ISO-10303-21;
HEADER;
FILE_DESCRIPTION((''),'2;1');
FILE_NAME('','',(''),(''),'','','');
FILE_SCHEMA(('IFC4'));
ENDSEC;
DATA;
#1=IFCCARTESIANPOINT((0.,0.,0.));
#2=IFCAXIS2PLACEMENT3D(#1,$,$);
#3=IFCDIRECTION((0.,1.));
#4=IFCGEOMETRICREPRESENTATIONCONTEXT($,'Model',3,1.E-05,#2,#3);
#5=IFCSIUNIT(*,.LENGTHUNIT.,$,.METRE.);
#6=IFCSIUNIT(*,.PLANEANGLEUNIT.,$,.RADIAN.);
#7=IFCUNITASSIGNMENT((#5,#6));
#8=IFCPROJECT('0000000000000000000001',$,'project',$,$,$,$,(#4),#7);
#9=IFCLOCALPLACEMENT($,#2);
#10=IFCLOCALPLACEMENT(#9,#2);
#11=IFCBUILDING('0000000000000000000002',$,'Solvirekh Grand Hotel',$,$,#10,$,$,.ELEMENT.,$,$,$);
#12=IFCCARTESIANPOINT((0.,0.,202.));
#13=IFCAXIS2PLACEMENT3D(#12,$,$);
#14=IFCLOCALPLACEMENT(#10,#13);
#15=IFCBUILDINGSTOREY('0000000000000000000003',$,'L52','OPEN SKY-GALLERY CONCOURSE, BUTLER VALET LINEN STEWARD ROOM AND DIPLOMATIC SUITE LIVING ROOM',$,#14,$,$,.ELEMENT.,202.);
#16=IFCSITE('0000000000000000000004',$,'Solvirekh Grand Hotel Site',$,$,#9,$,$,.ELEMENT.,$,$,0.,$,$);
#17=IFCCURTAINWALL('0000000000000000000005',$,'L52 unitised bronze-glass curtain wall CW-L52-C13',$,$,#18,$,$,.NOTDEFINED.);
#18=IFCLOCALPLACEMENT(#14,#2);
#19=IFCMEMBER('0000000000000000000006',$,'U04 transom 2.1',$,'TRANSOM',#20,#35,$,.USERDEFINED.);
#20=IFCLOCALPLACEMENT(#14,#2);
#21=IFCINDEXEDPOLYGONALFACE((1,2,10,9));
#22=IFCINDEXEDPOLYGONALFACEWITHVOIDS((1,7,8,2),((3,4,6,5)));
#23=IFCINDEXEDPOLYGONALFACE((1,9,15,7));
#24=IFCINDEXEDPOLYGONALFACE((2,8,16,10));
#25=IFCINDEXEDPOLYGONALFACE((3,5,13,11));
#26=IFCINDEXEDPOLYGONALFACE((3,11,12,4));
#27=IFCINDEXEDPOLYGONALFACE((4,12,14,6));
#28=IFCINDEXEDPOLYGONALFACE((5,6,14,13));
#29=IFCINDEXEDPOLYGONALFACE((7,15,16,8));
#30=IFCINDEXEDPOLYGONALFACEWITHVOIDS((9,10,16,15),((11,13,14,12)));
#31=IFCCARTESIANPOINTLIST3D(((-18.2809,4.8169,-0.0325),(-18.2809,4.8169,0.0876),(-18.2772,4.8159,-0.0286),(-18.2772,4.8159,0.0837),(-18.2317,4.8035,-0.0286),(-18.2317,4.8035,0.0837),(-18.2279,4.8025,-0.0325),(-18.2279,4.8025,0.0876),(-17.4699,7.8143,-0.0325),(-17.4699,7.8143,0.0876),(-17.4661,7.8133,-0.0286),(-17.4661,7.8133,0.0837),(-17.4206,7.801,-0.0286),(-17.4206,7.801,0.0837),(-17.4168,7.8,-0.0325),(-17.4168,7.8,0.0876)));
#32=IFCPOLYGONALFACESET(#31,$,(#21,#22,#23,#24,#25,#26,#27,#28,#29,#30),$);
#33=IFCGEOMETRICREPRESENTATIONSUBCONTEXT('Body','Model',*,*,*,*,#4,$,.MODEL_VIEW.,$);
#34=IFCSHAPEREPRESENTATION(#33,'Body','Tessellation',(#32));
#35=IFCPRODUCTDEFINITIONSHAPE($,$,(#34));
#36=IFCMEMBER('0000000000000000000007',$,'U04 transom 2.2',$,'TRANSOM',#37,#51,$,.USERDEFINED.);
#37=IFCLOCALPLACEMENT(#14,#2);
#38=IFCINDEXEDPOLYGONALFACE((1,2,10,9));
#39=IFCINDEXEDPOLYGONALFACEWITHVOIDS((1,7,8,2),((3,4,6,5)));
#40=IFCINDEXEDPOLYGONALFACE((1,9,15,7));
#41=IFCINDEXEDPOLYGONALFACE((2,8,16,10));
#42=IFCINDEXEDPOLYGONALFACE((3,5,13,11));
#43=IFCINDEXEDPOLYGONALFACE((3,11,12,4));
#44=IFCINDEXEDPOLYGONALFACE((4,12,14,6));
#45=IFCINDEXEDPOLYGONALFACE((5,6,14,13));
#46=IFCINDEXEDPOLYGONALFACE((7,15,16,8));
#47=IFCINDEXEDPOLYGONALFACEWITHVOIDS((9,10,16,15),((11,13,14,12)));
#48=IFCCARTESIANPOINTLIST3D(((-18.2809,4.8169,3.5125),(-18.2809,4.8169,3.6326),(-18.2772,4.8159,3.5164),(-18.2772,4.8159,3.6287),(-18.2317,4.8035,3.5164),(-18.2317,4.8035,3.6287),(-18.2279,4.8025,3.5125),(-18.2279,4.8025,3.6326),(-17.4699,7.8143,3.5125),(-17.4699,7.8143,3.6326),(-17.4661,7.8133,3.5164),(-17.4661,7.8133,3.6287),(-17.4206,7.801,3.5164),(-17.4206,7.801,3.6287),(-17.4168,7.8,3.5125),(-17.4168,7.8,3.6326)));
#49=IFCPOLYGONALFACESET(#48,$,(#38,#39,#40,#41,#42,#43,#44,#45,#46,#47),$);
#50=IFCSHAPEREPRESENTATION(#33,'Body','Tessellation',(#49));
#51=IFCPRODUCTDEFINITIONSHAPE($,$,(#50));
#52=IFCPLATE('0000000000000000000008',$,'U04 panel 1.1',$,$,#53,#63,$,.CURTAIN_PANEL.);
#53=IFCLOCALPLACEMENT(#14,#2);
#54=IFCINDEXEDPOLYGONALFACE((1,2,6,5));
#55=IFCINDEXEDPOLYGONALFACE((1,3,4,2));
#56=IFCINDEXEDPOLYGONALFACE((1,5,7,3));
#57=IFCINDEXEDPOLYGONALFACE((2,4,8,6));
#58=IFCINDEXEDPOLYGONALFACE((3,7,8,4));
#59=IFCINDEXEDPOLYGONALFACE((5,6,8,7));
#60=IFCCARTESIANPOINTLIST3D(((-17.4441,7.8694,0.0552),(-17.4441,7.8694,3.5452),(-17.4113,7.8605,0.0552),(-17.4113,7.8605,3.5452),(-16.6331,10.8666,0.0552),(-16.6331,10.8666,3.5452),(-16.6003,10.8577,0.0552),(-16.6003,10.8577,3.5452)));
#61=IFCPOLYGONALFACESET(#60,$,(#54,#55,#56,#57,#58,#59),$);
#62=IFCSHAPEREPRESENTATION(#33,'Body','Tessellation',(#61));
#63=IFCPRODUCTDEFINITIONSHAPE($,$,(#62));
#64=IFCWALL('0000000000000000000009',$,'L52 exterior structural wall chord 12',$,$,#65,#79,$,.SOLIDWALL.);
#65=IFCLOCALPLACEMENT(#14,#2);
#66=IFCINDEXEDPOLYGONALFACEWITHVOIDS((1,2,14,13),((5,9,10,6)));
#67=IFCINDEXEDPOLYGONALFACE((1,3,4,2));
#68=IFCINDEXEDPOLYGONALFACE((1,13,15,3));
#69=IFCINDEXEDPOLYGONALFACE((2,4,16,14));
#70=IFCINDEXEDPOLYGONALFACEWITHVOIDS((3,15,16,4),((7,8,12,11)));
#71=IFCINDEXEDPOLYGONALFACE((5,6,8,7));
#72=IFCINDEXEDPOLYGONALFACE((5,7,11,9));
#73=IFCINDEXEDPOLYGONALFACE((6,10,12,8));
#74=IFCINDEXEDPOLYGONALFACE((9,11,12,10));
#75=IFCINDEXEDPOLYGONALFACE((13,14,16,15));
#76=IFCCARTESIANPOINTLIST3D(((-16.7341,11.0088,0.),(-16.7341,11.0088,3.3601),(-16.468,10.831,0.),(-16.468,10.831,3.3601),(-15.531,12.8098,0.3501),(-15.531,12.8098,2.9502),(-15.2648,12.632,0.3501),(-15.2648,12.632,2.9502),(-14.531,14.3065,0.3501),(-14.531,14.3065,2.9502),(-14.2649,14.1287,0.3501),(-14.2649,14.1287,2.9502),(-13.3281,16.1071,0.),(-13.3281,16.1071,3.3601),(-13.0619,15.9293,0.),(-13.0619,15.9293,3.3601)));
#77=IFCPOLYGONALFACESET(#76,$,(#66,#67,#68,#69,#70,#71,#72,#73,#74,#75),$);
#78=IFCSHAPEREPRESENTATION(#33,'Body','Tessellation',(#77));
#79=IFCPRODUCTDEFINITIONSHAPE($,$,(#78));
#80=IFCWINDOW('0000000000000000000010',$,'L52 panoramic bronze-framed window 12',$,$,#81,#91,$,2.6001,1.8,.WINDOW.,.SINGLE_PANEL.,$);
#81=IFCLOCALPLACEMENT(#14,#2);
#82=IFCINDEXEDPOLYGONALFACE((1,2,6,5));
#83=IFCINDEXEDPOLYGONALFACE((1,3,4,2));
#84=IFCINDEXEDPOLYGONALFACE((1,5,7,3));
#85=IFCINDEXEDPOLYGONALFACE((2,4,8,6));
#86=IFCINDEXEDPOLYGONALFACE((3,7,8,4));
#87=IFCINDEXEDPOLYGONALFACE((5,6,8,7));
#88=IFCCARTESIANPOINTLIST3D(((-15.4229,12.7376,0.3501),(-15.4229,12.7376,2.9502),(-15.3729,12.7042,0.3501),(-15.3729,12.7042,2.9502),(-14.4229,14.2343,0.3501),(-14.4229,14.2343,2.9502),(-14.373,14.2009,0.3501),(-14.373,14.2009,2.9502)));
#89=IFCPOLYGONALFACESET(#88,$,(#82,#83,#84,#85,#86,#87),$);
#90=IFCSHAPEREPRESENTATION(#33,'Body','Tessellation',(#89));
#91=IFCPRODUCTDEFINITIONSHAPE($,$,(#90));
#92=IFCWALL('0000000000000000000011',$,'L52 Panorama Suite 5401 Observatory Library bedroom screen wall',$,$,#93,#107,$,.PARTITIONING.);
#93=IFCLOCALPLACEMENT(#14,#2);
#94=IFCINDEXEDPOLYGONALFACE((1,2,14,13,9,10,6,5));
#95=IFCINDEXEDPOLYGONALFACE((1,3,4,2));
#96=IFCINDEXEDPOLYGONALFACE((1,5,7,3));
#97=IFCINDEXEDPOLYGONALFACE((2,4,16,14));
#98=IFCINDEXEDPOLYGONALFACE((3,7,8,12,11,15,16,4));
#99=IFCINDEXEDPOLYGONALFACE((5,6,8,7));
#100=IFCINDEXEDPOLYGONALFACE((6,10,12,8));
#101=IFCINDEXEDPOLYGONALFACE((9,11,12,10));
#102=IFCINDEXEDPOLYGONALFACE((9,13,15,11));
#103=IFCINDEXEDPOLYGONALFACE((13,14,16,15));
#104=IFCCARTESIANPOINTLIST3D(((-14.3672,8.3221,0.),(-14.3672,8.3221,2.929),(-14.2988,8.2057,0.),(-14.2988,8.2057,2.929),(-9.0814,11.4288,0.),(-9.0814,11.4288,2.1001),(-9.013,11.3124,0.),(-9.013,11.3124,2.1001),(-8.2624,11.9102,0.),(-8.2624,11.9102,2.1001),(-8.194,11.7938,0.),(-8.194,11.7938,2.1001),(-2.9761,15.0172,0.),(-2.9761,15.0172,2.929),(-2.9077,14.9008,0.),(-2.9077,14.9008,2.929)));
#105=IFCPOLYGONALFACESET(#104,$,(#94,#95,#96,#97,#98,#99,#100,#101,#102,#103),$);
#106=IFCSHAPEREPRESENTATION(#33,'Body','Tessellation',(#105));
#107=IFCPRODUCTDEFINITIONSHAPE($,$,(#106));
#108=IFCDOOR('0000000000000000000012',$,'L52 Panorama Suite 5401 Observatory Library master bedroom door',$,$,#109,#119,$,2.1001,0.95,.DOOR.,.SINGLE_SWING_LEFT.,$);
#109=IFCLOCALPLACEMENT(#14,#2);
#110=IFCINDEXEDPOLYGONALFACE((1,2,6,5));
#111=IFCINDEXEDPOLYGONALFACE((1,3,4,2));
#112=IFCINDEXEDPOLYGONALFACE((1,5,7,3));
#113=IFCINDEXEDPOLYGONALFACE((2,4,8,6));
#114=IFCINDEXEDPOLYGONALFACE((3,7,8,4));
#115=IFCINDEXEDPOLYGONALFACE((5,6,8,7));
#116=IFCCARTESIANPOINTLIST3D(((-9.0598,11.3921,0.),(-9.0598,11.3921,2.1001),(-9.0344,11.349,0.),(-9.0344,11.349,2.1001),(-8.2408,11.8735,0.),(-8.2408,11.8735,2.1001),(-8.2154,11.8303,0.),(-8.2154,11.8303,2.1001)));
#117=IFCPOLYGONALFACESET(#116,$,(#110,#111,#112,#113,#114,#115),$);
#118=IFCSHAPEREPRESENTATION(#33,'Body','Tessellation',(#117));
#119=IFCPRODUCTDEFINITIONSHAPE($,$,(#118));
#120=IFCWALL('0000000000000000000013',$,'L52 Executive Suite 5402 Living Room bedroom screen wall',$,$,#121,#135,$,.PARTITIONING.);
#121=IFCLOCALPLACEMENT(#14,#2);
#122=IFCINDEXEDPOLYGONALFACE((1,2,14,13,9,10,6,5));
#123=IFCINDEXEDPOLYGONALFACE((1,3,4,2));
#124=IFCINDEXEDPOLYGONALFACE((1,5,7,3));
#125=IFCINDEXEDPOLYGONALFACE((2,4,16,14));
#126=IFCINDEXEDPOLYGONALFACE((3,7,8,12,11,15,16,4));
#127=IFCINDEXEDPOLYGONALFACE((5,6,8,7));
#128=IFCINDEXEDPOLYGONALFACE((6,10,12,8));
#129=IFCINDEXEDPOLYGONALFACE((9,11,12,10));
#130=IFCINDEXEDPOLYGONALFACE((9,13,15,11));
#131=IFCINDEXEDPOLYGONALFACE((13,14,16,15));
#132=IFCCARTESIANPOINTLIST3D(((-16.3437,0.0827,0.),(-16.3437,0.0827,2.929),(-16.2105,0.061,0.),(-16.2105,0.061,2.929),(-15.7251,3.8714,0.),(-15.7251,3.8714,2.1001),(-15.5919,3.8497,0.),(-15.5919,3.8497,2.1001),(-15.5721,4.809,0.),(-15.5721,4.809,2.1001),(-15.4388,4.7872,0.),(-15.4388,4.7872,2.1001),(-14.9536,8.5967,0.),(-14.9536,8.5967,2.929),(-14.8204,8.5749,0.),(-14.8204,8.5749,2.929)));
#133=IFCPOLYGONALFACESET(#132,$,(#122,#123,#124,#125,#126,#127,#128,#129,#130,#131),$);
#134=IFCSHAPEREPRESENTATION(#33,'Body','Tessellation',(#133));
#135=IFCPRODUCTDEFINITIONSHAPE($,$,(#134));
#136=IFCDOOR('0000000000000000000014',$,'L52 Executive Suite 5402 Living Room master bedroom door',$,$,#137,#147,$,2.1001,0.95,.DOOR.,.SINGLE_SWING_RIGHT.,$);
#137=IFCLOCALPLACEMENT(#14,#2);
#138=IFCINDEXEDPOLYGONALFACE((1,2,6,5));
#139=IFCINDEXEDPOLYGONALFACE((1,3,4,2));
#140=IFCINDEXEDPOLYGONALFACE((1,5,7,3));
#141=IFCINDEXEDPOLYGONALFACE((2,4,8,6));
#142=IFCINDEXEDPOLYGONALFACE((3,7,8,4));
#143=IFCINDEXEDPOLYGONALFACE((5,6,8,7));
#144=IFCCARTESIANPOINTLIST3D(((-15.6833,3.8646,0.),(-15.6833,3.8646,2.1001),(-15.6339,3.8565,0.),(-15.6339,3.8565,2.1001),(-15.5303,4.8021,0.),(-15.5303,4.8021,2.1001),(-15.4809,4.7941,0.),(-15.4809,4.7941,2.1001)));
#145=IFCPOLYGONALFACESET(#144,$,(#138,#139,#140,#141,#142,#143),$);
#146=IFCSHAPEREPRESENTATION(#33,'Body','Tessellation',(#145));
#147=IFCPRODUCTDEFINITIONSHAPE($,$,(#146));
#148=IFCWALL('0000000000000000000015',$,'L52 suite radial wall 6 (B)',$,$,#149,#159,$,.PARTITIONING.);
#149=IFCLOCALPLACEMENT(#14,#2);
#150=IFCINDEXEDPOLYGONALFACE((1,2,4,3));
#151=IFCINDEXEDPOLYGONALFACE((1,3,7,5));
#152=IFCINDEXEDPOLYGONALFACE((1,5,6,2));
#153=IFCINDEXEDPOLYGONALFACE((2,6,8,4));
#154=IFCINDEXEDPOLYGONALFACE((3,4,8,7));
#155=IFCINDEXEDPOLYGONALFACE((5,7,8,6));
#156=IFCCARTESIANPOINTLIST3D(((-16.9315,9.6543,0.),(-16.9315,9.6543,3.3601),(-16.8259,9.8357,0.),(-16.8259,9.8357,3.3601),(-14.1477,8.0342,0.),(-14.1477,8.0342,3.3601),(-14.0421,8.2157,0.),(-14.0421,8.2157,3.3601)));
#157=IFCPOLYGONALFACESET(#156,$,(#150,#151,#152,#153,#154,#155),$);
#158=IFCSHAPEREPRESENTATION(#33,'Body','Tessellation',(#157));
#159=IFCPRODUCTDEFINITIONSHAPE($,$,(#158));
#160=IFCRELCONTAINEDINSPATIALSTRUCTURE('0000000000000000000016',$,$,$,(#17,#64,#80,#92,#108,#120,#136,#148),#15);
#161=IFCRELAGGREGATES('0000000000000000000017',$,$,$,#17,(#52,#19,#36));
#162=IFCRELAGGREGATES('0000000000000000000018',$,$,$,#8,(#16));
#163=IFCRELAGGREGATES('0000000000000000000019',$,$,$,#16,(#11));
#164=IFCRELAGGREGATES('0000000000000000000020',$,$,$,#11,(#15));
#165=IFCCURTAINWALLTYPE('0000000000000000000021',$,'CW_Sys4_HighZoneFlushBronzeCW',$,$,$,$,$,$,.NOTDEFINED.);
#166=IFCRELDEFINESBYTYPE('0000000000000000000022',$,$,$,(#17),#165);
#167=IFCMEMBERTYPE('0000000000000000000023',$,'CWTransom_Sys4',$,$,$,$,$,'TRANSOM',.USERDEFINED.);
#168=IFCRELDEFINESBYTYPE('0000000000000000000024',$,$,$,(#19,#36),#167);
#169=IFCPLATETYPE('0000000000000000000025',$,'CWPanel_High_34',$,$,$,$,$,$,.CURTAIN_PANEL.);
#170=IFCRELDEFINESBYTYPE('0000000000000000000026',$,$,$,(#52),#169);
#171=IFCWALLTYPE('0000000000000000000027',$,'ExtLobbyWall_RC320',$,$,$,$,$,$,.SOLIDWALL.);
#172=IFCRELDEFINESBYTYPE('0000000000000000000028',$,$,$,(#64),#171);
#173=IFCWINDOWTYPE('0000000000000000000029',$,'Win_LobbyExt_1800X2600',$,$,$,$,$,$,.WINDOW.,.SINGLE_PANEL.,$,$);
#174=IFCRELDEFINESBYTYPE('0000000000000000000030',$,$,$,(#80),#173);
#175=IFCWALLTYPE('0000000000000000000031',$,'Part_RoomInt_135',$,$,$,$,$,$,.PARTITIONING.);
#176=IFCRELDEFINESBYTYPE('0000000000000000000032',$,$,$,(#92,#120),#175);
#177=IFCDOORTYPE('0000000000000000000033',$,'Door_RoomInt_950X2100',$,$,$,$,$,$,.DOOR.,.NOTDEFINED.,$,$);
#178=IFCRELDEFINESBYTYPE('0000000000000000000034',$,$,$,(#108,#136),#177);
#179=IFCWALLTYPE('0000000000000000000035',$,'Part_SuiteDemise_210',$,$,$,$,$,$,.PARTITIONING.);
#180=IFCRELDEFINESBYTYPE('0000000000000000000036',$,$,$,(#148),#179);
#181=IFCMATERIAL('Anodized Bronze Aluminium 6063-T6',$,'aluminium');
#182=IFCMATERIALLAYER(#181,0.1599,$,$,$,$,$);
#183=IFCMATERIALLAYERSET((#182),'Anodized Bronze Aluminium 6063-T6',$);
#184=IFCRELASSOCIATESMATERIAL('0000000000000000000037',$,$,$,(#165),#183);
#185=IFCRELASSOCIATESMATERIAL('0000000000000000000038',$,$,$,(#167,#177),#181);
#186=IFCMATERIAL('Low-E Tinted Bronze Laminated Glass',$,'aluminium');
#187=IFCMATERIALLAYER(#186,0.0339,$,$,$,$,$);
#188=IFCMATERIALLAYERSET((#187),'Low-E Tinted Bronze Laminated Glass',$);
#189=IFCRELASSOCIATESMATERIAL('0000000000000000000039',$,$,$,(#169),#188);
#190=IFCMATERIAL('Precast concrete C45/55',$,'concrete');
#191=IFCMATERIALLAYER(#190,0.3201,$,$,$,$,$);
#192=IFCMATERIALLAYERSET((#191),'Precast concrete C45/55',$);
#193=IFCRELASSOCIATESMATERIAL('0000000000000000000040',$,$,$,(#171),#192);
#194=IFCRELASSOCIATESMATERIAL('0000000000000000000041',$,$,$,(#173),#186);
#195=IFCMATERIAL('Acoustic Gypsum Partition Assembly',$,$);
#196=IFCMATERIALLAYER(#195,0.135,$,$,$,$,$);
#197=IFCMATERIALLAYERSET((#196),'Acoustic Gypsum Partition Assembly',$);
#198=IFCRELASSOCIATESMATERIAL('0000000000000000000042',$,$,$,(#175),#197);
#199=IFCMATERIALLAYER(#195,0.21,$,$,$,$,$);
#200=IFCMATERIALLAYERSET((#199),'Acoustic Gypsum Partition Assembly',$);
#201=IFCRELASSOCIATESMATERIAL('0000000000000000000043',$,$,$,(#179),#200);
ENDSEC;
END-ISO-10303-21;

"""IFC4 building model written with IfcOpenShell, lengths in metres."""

from ifc_helpers import new_model, si_unit, direction, frame, frame_2d, origin, origin_2d, place, context, subcontext, project, spatial, rectangle, hollow_rectangle, extrude, source, transform, mapped, material, layer, layer_set, material_profile, profile_set, type_object, element, fill, aggregate, save


model = new_model("IFC4")

# Units and contexts
model_context = context("Model", 3, precision=1e-05, world=origin(), true_north=direction((0.0, 1.0)))
body_context = subcontext(model_context, "Body", "Model", "MODEL_VIEW")
ifc_project = project(units=[si_unit("LENGTHUNIT", "METRE"), si_unit("PLANEANGLEUNIT", "RADIAN")], contexts=[model_context])

# Site, building, storey
site_placement = place(None, origin())
site = spatial("IfcSite", under=ifc_project, at=site_placement, Name="Solvirekh Grand Hotel Site", CompositionType="ELEMENT", RefElevation=0.0)
building_placement = place(site_placement, origin())
building = spatial("IfcBuilding", under=site, at=building_placement, Name="Solvirekh Grand Hotel", CompositionType="ELEMENT")
storey_placement = place(building_placement, frame((0.0, 0.0, 202.0)))
storey = spatial("IfcBuildingStorey", under=building, at=storey_placement, Name="L52", Description="OPEN SKY-GALLERY CONCOURSE, BUTLER VALET LINEN STEWARD ROOM AND DIPLOMATIC SUITE LIVING ROOM", CompositionType="ELEMENT", Elevation=202.0)

# Shared definitions
ifc_material_1 = material(Name="Anodized Bronze Aluminium 6063-T6", Category="aluminium")
ifc_layer_1 = layer(ifc_material_1, 0.1599)
ifc_layer_set_1 = layer_set([ifc_layer_1], Name="Anodized Bronze Aluminium 6063-T6")
curtain_wall_type = type_object("IfcCurtainWallType", Name="CW_Sys4_HighZoneFlushBronzeCW", PredefinedType="NOTDEFINED", material=ifc_layer_set_1)

# Curtain wall, members, plate
curtain_wall_1_placement = place(storey_placement, origin())
curtain_wall_1 = element("IfcCurtainWall", 1, at=curtain_wall_1_placement, inside=storey, type_object=curtain_wall_type, Name="L52 unitised bronze-glass curtain wall CW-L52-C13", PredefinedType="NOTDEFINED")
ifc_material_profile_1 = material_profile(ifc_material_1, hollow_rectangle(XDim=0.0549, YDim=0.1201, WallThickness=0.0039, at=origin_2d()), Name="ALU RHS 120X55X4")
ifc_profile_set_1 = profile_set([ifc_material_profile_1], Name="Anodized Bronze Aluminium 6063-T6")
member_type_1 = type_object("IfcMemberType", Name="CWTransom_Sys4", ElementType="TRANSOM", PredefinedType="USERDEFINED", material=ifc_profile_set_1)
shared_shape_1 = source(origin(), body_context, "Body", "SweptSolid", [
    extrude(hollow_rectangle(XDim=0.0549, YDim=0.1201, WallThickness=0.0039, at=origin_2d()), origin(), (0.0, 0.0, 1.0), 3.1052),
])
member_1_placement = place(storey_placement, frame((-17.4434, 7.8071, 0.0276), z_axis=(-0.261194, -0.965286, 0.0), x_axis=(0.965286, -0.261194, 0.0)))
member_1 = element("IfcMember", 2, at=member_1_placement, type_object=member_type_1, Name="U04 transom 2.1", ObjectType="TRANSOM", PredefinedType="USERDEFINED", context=body_context, shape_type="MappedRepresentation", body=[
    mapped(shared_shape_1, transform((0.0, 0.0, 0.0), x_axis=(1.0, 0.0, 0.0), y_axis=(0.0, 1.0, 0.0), z_axis=(0.0, 0.0, 1.0), scale=1.0)),
])
member_2_placement = place(storey_placement, frame((-17.4434, 7.8071, 3.5725), z_axis=(-0.261194, -0.965286, 0.0), x_axis=(0.965286, -0.261194, 0.0)))
member_2 = element("IfcMember", 3, at=member_2_placement, type_object=member_type_1, Name="U04 transom 2.2", ObjectType="TRANSOM", PredefinedType="USERDEFINED", context=body_context, shape_type="MappedRepresentation", body=[
    mapped(shared_shape_1, transform((0.0, 0.0, 0.0), x_axis=(1.0, 0.0, 0.0), y_axis=(0.0, 1.0, 0.0), z_axis=(0.0, 0.0, 1.0), scale=1.0)),
])
ifc_material_2 = material(Name="Low-E Tinted Bronze Laminated Glass", Category="aluminium")
ifc_layer_2 = layer(ifc_material_2, 0.0339)
ifc_layer_set_2 = layer_set([ifc_layer_2], Name="Low-E Tinted Bronze Laminated Glass")
plate_type = type_object("IfcPlateType", Name="CWPanel_High_34", PredefinedType="CURTAIN_PANEL", material=ifc_layer_set_2)
shared_shape_2 = source(origin(), body_context, "Body", "SweptSolid", [
    extrude(rectangle(XDim=3.105, YDim=0.0339, at=origin_2d()), origin(), (0.0, 0.0, 1.0), 3.49),
])
plate_placement = place(storey_placement, frame((-17.0222, 9.3635, 0.0552), z_axis=(0.0, 0.0, 1.0), x_axis=(-0.261197, -0.965286, 0.0)))
plate = element("IfcPlate", 4, at=plate_placement, type_object=plate_type, Name="U04 panel 1.1", PredefinedType="CURTAIN_PANEL", context=body_context, shape_type="MappedRepresentation", body=[
    mapped(shared_shape_2, transform((0.0, 0.0, 0.0), x_axis=(1.0, 0.0, 0.0), y_axis=(0.0, 1.0, 0.0), z_axis=(0.0, 0.0, 1.0), scale=1.0)),
])
aggregate(curtain_wall_1, [plate, member_1, member_2])

# Wall, opening, window
ifc_material_3 = material(Name="Precast concrete C45/55", Category="concrete")
ifc_layer_3 = layer(ifc_material_3, 0.3201)
ifc_layer_set_3 = layer_set([ifc_layer_3], Name="Precast concrete C45/55")
wall_type_1 = type_object("IfcWallType", Name="ExtLobbyWall_RC320", PredefinedType="SOLIDWALL", material=ifc_layer_set_3)
wall_1_placement = place(storey_placement, frame((-16.6011, 10.9199, 0.0), z_axis=(0.0, 0.0, 1.0), x_axis=(0.555518, 0.831505, 0.0)))
wall_1 = element("IfcWall", 5, at=wall_1_placement, inside=storey, type_object=wall_type_1, Name="L52 exterior structural wall chord 12", PredefinedType="SOLIDWALL", context=body_context, shape_type="SweptSolid", body=[
    extrude(rectangle(XDim=6.1313, YDim=0.3201, at=frame_2d((3.0657, 0.0))), origin(), (0.0, 0.0, 1.0), 3.3601),
])
opening_1_placement = place(wall_1_placement, frame((2.166, 0.0, 0.3501)))
opening_1 = element("IfcOpeningElement", 6, at=opening_1_placement, cuts=wall_1, PredefinedType="OPENING", context=body_context, shape_type="SweptSolid", body=[
    extrude(rectangle(XDim=1.8, YDim=2.6001, at=frame_2d((0.8999, 1.3))), frame((0.0, 0.1699, 0.0), z_axis=(0.0, -1.0, 0.0), x_axis=(1.0, 0.0, 0.0)), (0.0, 0.0, 1.0), 0.3401),
])
window_type = type_object("IfcWindowType", Name="Win_LobbyExt_1800X2600", PartitioningType="SINGLE_PANEL", PredefinedType="WINDOW", material=ifc_material_2)
window_placement = place(opening_1_placement, origin())
window = element("IfcWindow", 7, at=window_placement, inside=storey, type_object=window_type, Name="L52 panoramic bronze-framed window 12", OverallHeight=2.6001, OverallWidth=1.8, PartitioningType="SINGLE_PANEL", PredefinedType="WINDOW", context=body_context, shape_type="SweptSolid", body=[
    extrude(rectangle(XDim=1.8, YDim=2.6001, at=frame_2d((0.8999, 1.3))), frame((0.0, 0.03, 0.0), z_axis=(0.0, -1.0, 0.0), x_axis=(1.0, 0.0, 0.0)), (0.0, 0.0, 1.0), 0.0601),
])
fill(opening_1, window)

# Walls, openings, doors
ifc_material_4 = material(Name="Acoustic Gypsum Partition Assembly")
ifc_layer_4 = layer(ifc_material_4, 0.135)
ifc_layer_set_4 = layer_set([ifc_layer_4], Name="Acoustic Gypsum Partition Assembly")
wall_type_2 = type_object("IfcWallType", Name="Part_RoomInt_135", PredefinedType="PARTITIONING", material=ifc_layer_set_4)
wall_2_placement = place(storey_placement, frame((-14.333, 8.2639, 0.0), z_axis=(0.0, 0.0, 1.0), x_axis=(0.862119, 0.506706, 0.0)))
wall_2 = element("IfcWall", 8, at=wall_2_placement, inside=storey, type_object=wall_type_2, Name="L52 Panorama Suite 5401 Observatory Library bedroom screen wall", PredefinedType="PARTITIONING", context=body_context, shape_type="SweptSolid", body=[
    extrude(rectangle(XDim=13.2129, YDim=0.135, at=frame_2d((6.6064, 0.0))), origin(), (0.0, 0.0, 1.0), 2.929),
])
opening_2_placement = place(wall_2_placement, frame((6.1311, 0.0, 0.0)))
opening_2 = element("IfcOpeningElement", 9, at=opening_2_placement, cuts=wall_2, PredefinedType="OPENING", context=body_context, shape_type="SweptSolid", body=[
    extrude(rectangle(XDim=0.95, YDim=2.1001, at=frame_2d((0.4751, 1.05))), frame((0.0, 0.0776, 0.0), z_axis=(0.0, -1.0, 0.0), x_axis=(1.0, 0.0, 0.0)), (0.0, 0.0, 1.0), 0.155),
])
door_type = type_object("IfcDoorType", Name="Door_RoomInt_950X2100", OperationType="NOTDEFINED", PredefinedType="DOOR", material=ifc_material_1)
door_1_placement = place(opening_2_placement, origin())
door_1 = element("IfcDoor", 10, at=door_1_placement, inside=storey, type_object=door_type, Name="L52 Panorama Suite 5401 Observatory Library master bedroom door", OperationType="SINGLE_SWING_LEFT", OverallHeight=2.1001, OverallWidth=0.95, PredefinedType="DOOR", context=body_context, shape_type="SweptSolid", body=[
    extrude(rectangle(XDim=0.95, YDim=2.1001, at=frame_2d((0.4751, 1.05))), frame((0.0, 0.0249, 0.0), z_axis=(0.0, -1.0, 0.0), x_axis=(1.0, 0.0, 0.0)), (0.0, 0.0, 1.0), 0.05),
])
fill(opening_2, door_1)
wall_3_placement = place(storey_placement, frame((-14.887, 8.5859, 0.0), z_axis=(0.0, 0.0, 1.0), x_axis=(-0.161144, -0.986931, 0.0)))
wall_3 = element("IfcWall", 11, at=wall_3_placement, inside=storey, type_object=wall_type_2, Name="L52 Executive Suite 5402 Living Room bedroom screen wall", PredefinedType="PARTITIONING", context=body_context, shape_type="SweptSolid", body=[
    extrude(rectangle(XDim=8.6267, YDim=0.135, at=frame_2d((4.3135, 0.0))), origin(), (0.0, 0.0, 1.0), 2.929),
])
opening_3_placement = place(wall_3_placement, frame((3.8379, 0.0, 0.0)))
opening_3 = element("IfcOpeningElement", 12, at=opening_3_placement, cuts=wall_3, PredefinedType="OPENING", context=body_context, shape_type="SweptSolid", body=[
    extrude(rectangle(XDim=0.95, YDim=2.1001, at=frame_2d((0.4751, 1.05))), frame((0.0, 0.0776, 0.0), z_axis=(0.0, -1.0, 0.0), x_axis=(1.0, 0.0, 0.0)), (0.0, 0.0, 1.0), 0.155),
])
door_2_placement = place(opening_3_placement, origin())
door_2 = element("IfcDoor", 13, at=door_2_placement, inside=storey, type_object=door_type, Name="L52 Executive Suite 5402 Living Room master bedroom door", OperationType="SINGLE_SWING_RIGHT", OverallHeight=2.1001, OverallWidth=0.95, PredefinedType="DOOR", context=body_context, shape_type="SweptSolid", body=[
    extrude(rectangle(XDim=0.95, YDim=2.1001, at=frame_2d((0.4751, 1.05))), frame((0.0, 0.0249, 0.0), z_axis=(0.0, -1.0, 0.0), x_axis=(1.0, 0.0, 0.0)), (0.0, 0.0, 1.0), 0.05),
])
fill(opening_3, door_2)

# Wall
ifc_layer_5 = layer(ifc_material_4, 0.21)
ifc_layer_set_5 = layer_set([ifc_layer_5], Name="Acoustic Gypsum Partition Assembly")
wall_type_3 = type_object("IfcWallType", Name="Part_SuiteDemise_210", PredefinedType="PARTITIONING", material=ifc_layer_set_5)
wall_4_placement = place(storey_placement, frame((-14.095, 8.125, 0.0), z_axis=(0.0, 0.0, 1.0), x_axis=(-0.864298, 0.50298, 0.0)))
element("IfcWall", 14, at=wall_4_placement, inside=storey, type_object=wall_type_3, Name="L52 suite radial wall 6 (B)", PredefinedType="PARTITIONING", context=body_context, shape_type="SweptSolid", body=[
    extrude(rectangle(XDim=3.2209, YDim=0.21, at=frame_2d((1.6104, 0.0))), origin(), (0.0, 0.0, 1.0), 3.3601),
])

save(model, "model.ifc")
